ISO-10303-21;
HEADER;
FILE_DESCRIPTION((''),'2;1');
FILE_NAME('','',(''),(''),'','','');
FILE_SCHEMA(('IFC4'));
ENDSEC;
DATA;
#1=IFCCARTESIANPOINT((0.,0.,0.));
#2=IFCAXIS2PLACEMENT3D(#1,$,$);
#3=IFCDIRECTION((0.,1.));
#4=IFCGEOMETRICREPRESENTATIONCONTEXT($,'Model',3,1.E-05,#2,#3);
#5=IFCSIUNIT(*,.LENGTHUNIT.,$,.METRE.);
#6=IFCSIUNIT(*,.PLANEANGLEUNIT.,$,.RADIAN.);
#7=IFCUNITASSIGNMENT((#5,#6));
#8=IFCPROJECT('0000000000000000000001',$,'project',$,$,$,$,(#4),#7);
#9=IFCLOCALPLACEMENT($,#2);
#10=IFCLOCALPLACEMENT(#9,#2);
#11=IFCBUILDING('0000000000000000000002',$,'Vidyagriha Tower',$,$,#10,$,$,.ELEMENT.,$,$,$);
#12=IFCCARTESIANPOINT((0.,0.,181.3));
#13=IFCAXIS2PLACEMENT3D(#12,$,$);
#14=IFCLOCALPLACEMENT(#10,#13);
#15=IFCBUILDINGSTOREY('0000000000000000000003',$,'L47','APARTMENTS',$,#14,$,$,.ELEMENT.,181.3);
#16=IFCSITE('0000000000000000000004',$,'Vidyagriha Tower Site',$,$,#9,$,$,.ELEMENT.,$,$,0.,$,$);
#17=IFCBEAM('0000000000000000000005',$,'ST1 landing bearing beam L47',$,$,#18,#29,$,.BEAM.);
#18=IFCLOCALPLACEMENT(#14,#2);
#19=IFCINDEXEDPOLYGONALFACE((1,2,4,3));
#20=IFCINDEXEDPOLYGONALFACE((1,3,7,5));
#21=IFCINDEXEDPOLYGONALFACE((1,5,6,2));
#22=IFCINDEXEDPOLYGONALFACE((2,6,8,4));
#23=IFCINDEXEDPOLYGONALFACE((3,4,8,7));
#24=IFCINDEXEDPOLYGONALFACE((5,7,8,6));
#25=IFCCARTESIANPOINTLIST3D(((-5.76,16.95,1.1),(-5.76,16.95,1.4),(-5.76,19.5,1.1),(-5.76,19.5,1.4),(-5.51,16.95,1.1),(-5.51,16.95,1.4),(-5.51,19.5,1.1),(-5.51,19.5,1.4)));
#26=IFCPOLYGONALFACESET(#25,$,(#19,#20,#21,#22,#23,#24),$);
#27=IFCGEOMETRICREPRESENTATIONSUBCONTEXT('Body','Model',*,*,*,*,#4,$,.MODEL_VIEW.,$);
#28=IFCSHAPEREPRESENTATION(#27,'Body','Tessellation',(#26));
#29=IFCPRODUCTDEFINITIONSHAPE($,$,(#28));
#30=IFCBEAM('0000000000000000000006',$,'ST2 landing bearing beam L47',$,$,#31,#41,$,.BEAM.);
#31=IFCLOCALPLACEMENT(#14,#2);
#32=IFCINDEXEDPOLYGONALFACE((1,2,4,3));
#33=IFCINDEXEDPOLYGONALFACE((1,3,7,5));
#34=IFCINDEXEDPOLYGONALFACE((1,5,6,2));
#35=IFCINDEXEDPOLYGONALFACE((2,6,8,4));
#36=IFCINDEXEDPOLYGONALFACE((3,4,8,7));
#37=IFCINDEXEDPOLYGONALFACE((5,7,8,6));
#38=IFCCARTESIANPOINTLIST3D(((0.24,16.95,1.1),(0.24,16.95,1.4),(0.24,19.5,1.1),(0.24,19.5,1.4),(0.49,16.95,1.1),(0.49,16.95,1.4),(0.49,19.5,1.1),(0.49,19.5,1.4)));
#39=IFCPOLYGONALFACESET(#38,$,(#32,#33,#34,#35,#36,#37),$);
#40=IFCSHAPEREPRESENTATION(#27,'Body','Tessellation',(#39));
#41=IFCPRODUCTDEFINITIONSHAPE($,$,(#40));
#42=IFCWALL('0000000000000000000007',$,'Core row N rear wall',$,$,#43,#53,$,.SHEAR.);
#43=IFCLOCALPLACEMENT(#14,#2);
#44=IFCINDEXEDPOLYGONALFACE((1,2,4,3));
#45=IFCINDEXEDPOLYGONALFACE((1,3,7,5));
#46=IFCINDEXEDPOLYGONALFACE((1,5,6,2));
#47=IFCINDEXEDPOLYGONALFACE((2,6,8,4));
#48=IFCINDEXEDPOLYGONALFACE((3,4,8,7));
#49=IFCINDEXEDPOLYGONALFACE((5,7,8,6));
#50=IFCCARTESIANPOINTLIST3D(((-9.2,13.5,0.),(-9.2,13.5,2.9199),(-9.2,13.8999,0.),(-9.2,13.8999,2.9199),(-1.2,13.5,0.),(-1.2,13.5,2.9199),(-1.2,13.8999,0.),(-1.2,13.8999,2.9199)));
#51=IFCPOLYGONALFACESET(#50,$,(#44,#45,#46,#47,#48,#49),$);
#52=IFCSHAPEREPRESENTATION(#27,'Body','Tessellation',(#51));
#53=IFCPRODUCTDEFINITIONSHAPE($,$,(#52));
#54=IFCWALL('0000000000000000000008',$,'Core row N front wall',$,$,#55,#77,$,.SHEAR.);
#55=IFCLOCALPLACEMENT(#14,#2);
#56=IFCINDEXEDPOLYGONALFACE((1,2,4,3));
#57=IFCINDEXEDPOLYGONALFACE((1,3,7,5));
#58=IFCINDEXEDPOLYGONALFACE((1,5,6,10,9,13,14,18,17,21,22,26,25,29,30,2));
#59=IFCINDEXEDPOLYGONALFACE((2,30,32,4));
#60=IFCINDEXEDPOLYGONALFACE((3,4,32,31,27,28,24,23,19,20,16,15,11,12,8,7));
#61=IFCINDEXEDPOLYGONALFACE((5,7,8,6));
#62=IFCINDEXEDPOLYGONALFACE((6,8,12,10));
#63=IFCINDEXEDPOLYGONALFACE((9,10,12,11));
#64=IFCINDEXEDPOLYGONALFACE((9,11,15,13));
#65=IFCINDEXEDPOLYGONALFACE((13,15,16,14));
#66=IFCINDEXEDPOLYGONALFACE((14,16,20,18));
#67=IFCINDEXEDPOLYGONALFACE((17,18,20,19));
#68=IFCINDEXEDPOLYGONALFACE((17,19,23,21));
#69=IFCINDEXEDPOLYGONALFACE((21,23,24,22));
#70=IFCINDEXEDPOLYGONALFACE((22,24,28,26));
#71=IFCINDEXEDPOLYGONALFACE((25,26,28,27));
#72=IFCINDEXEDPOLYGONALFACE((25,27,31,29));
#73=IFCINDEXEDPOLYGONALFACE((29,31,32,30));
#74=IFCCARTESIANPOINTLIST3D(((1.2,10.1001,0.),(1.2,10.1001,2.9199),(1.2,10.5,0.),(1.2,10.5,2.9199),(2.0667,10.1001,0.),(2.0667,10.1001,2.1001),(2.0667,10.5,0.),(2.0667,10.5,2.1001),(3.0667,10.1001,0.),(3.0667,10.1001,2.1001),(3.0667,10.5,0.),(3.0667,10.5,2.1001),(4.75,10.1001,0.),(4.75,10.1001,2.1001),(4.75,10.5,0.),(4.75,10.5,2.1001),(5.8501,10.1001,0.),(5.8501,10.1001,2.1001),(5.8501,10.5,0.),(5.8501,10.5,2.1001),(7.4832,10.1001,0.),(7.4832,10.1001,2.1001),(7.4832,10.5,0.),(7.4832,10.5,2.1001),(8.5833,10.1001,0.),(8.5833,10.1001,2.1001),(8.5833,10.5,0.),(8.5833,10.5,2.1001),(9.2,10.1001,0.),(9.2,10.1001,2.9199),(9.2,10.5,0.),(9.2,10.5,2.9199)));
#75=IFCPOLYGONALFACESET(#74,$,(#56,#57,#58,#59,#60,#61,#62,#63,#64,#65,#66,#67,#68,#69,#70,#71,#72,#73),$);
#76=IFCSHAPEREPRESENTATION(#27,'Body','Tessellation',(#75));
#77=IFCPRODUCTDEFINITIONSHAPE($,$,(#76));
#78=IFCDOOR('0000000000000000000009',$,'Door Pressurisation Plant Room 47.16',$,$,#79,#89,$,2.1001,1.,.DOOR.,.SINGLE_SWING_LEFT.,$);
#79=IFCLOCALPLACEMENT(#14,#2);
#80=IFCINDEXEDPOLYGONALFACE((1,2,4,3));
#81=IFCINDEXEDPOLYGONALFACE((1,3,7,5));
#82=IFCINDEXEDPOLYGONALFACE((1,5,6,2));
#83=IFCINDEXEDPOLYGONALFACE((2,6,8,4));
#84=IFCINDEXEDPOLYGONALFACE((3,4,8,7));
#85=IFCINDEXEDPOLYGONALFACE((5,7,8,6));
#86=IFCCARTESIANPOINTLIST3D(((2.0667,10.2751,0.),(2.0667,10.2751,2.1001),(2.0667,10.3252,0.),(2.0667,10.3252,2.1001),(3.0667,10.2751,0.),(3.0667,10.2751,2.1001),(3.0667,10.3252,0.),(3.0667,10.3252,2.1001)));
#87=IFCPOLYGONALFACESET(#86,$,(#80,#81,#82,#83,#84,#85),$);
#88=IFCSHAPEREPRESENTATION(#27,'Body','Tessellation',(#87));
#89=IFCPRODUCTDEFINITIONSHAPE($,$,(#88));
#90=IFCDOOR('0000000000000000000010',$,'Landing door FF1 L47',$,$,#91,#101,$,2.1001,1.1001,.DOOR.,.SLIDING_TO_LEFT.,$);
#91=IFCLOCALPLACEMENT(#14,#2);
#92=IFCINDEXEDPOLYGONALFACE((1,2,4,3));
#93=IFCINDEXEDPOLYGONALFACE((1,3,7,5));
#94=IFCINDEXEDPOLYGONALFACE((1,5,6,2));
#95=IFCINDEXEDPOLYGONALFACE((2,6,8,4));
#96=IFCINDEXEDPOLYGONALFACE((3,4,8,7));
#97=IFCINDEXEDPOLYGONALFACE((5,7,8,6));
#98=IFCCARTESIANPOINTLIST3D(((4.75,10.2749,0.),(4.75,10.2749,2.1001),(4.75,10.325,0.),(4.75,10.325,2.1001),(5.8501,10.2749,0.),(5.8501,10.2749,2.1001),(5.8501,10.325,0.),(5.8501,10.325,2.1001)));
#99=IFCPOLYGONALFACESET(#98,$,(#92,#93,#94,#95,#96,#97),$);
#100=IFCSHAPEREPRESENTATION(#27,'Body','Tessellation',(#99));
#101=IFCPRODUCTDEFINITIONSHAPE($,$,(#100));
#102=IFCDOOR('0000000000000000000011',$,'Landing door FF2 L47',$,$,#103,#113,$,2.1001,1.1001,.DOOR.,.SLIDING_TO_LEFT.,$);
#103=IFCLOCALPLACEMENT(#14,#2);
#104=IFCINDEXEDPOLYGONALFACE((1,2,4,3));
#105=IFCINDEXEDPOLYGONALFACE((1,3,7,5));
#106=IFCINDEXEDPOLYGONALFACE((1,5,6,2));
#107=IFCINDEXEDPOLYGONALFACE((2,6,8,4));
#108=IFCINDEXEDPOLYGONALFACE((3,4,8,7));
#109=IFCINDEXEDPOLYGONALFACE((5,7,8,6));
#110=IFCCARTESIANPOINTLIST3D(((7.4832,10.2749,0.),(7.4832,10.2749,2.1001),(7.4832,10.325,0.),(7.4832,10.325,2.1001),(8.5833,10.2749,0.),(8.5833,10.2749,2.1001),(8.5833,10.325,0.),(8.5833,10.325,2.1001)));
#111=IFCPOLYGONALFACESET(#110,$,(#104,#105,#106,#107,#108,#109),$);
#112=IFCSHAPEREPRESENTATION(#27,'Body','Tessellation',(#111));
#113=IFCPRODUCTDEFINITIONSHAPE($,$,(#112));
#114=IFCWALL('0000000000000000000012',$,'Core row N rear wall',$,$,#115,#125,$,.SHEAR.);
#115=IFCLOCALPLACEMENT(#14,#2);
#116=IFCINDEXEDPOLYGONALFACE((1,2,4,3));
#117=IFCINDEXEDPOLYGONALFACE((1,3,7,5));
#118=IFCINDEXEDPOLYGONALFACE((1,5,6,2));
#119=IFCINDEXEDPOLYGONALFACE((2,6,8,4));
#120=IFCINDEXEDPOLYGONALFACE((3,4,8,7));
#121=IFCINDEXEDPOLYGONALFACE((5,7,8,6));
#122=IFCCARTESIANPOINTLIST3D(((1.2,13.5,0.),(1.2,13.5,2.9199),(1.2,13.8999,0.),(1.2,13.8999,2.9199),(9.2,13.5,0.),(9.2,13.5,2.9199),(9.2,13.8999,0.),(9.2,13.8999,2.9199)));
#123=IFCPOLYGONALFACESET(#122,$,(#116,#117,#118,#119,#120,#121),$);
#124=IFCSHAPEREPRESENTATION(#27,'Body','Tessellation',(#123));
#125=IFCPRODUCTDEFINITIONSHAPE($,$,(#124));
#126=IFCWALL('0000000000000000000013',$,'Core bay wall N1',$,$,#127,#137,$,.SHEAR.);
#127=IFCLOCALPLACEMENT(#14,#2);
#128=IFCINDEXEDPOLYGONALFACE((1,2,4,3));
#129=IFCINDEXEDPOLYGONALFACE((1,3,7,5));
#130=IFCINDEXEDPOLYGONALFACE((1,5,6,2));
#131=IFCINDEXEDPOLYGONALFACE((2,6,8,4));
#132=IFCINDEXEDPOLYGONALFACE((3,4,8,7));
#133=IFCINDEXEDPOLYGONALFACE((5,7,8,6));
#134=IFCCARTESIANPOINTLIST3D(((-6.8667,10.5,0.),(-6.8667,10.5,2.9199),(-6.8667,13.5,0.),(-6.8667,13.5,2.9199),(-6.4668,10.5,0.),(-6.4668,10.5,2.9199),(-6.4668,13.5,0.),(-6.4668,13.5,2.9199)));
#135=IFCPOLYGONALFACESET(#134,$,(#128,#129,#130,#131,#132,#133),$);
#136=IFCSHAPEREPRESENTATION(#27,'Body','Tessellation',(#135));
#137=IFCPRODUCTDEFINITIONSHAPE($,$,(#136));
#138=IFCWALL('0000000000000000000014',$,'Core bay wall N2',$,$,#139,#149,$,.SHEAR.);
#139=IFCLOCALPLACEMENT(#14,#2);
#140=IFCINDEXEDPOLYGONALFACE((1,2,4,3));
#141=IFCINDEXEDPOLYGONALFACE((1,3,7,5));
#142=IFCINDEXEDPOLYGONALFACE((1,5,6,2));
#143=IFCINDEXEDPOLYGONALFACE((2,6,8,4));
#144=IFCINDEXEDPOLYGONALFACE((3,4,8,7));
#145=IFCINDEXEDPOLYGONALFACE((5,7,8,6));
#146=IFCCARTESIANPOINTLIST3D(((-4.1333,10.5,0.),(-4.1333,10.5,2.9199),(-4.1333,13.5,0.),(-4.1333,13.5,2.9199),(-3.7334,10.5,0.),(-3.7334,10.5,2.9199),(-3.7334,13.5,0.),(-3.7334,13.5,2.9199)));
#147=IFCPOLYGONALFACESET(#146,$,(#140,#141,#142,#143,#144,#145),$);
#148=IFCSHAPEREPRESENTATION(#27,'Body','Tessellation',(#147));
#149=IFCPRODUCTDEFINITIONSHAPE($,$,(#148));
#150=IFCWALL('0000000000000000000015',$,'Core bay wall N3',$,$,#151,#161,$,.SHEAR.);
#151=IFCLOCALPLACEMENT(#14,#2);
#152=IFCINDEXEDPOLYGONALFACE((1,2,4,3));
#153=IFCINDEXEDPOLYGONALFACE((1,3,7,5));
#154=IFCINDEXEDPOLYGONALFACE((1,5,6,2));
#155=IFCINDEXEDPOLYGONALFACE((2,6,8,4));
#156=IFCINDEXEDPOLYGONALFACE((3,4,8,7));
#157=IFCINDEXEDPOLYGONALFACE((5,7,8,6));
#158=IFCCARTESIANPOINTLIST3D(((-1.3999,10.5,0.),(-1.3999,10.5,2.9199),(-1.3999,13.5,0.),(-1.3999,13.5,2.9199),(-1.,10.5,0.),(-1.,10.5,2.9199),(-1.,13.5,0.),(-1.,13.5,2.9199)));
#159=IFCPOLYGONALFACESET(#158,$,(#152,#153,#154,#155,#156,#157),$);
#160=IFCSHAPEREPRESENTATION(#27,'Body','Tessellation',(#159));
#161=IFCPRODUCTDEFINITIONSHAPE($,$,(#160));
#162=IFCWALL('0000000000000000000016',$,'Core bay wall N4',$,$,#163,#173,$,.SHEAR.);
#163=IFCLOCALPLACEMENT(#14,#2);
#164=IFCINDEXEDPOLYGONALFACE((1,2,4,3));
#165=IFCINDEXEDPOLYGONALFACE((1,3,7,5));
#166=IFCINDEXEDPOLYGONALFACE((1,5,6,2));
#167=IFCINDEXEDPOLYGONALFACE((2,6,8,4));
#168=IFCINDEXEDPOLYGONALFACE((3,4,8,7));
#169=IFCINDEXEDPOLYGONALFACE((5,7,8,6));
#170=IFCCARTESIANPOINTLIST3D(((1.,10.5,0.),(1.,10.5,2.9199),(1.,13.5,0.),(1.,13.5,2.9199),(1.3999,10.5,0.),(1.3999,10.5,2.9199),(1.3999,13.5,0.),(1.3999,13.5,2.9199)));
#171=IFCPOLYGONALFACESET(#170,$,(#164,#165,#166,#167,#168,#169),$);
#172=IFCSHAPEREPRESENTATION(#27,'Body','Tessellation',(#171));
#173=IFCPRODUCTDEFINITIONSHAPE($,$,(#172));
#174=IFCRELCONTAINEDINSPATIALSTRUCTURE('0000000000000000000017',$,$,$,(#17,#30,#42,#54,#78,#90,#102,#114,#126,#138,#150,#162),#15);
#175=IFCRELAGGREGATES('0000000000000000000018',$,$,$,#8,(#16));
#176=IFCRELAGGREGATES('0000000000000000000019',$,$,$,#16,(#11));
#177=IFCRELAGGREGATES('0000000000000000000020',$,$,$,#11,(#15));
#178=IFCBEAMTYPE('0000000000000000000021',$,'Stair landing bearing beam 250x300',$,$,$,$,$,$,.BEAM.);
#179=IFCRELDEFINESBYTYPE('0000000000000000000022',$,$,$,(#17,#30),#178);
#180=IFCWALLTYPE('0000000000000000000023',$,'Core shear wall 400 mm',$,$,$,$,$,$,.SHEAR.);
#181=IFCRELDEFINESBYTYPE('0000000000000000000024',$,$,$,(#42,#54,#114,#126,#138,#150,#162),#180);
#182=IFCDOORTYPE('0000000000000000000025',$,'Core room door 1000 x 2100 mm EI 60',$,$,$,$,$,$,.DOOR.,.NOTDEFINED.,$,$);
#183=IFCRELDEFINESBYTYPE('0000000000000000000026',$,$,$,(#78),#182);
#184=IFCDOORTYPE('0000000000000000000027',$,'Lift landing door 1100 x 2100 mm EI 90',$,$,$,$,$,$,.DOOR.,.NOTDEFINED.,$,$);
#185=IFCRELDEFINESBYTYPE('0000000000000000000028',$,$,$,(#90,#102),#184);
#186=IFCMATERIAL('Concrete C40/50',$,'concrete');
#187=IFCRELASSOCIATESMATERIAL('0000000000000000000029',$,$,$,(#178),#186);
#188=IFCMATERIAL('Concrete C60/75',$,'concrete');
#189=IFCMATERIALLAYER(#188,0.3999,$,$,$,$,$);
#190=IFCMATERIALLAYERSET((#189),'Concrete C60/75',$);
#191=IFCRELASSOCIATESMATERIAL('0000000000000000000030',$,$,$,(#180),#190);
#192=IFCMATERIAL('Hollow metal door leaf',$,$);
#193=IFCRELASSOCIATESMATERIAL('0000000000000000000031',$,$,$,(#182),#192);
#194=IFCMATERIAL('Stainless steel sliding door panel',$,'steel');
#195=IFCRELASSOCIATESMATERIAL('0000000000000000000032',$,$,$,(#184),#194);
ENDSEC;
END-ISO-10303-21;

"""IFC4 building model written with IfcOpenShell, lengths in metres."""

from ifc_helpers import new_model, si_unit, direction, frame, frame_2d, origin, origin_2d, place, context, subcontext, project, spatial, rectangle, extrude, material, layer, layer_set, material_profile, profile_set, type_object, element, fill, save


model = new_model("IFC4")

# Units and contexts
model_context = context("Model", 3, precision=1e-05, world=origin(), true_north=direction((0.0, 1.0)))
body_context = subcontext(model_context, "Body", "Model", "MODEL_VIEW")
ifc_project = project(units=[si_unit("LENGTHUNIT", "METRE"), si_unit("PLANEANGLEUNIT", "RADIAN")], contexts=[model_context])

# Site, building, storey
site_placement = place(None, origin())
site = spatial("IfcSite", under=ifc_project, at=site_placement, Name="Vidyagriha Tower Site", CompositionType="ELEMENT", RefElevation=0.0)
building_placement = place(site_placement, origin())
building = spatial("IfcBuilding", under=site, at=building_placement, Name="Vidyagriha Tower", CompositionType="ELEMENT")
storey_placement = place(building_placement, frame((0.0, 0.0, 181.3)))
storey = spatial("IfcBuildingStorey", under=building, at=storey_placement, Name="L47", Description="APARTMENTS", CompositionType="ELEMENT", Elevation=181.3)

# Beams
ifc_material_1 = material(Name="Concrete C40/50", Category="concrete")
ifc_material_profile = material_profile(ifc_material_1, rectangle(XDim=0.25, YDim=0.3, at=origin_2d()), Name="Stair landing bearing beam 250x300")
ifc_profile_set = profile_set([ifc_material_profile], Name="Concrete C40/50")
beam_type = type_object("IfcBeamType", Name="Stair landing bearing beam 250x300", PredefinedType="BEAM", material=ifc_profile_set)
for number, where, z_axis, x_axis, name in (
    (1, (-5.635, 16.95, 1.25), (0.0, 1.0, 0.0), (-1.0, 0.0, 0.0), "ST1 landing bearing beam L47"),
    (2, (0.365, 16.95, 1.25), (0.0, 1.0, 0.0), (-1.0, 0.0, 0.0), "ST2 landing bearing beam L47"),
):
    element("IfcBeam", number, at=place(storey_placement, frame(where, z_axis=z_axis, x_axis=x_axis)), inside=storey, type_object=beam_type, Name=name, PredefinedType="BEAM", context=body_context, shape_type="SweptSolid", body=[
        extrude(rectangle(XDim=0.25, YDim=0.3, at=origin_2d()), origin(), (0.0, 0.0, 1.0), 2.55),
    ])

# Wall
ifc_material_2 = material(Name="Concrete C60/75", Category="concrete")
ifc_layer_1 = layer(ifc_material_2, 0.3999)
ifc_layer_set_1 = layer_set([ifc_layer_1], Name="Concrete C60/75")
wall_type_1 = type_object("IfcWallType", Name="Core shear wall 400 mm", PredefinedType="SHEAR", material=ifc_layer_set_1)
wall_1_placement = place(storey_placement, frame((-9.2, 13.7, 0.0)))
element("IfcWall", 3, at=wall_1_placement, inside=storey, type_object=wall_type_1, Name="Core row N rear wall", PredefinedType="SHEAR", context=body_context, shape_type="SweptSolid", body=[
    extrude(rectangle(XDim=8.0, YDim=0.3999, at=frame_2d((4.0, 0.0))), origin(), (0.0, 0.0, 1.0), 2.9199),
])

# Wall, openings, doors
wall_2_placement = place(storey_placement, frame((1.2, 10.3, 0.0)))
wall_2 = element("IfcWall", 4, at=wall_2_placement, inside=storey, type_object=wall_type_1, Name="Core row N front wall", PredefinedType="SHEAR", context=body_context, shape_type="SweptSolid", body=[
    extrude(rectangle(XDim=8.0, YDim=0.3999, at=frame_2d((4.0, 0.0))), origin(), (0.0, 0.0, 1.0), 2.9199),
])
opening_1_placement = place(wall_2_placement, frame((3.55, 0.0, 0.0)))
opening_1 = element("IfcOpeningElement", 5, at=opening_1_placement, cuts=wall_2, PredefinedType="OPENING", context=body_context, shape_type="SweptSolid", body=[
    extrude(rectangle(XDim=1.1001, YDim=2.1001, at=frame_2d((0.55, 1.05))), frame((0.0, 0.21, 0.0), z_axis=(0.0, -1.0, 0.0), x_axis=(1.0, 0.0, 0.0)), (0.0, 0.0, 1.0), 0.4199),
])
opening_2_placement = place(wall_2_placement, frame((6.2832, 0.0, 0.0)))
opening_2 = element("IfcOpeningElement", 6, at=opening_2_placement, cuts=wall_2, PredefinedType="OPENING", context=body_context, shape_type="SweptSolid", body=[
    extrude(rectangle(XDim=1.1001, YDim=2.1001, at=frame_2d((0.55, 1.05))), frame((0.0, 0.21, 0.0), z_axis=(0.0, -1.0, 0.0), x_axis=(1.0, 0.0, 0.0)), (0.0, 0.0, 1.0), 0.4199),
])
opening_3_placement = place(wall_2_placement, frame((0.8667, 0.0, 0.0)))
opening_3 = element("IfcOpeningElement", 7, at=opening_3_placement, cuts=wall_2, PredefinedType="OPENING", context=body_context, shape_type="SweptSolid", body=[
    extrude(rectangle(XDim=1.0, YDim=2.1001, at=frame_2d((0.5, 1.05))), frame((0.0, 0.21, 0.0), z_axis=(0.0, -1.0, 0.0), x_axis=(1.0, 0.0, 0.0)), (0.0, 0.0, 1.0), 0.4199),
])
ifc_material_3 = material(Name="Hollow metal door leaf")
door_type_1 = type_object("IfcDoorType", Name="Core room door 1000 x 2100 mm EI 60", OperationType="NOTDEFINED", PredefinedType="DOOR", material=ifc_material_3)
door_1_placement = place(opening_3_placement, frame((1.0, 0.0, 0.0), z_axis=(0.0, 0.0, 1.0), x_axis=(-1.0, 0.0, 0.0)))
door_1 = element("IfcDoor", 8, at=door_1_placement, inside=storey, type_object=door_type_1, Name="Door Pressurisation Plant Room 47.16", OperationType="SINGLE_SWING_LEFT", OverallHeight=2.1001, OverallWidth=1.0, PredefinedType="DOOR", context=body_context, shape_type="SweptSolid", body=[
    extrude(rectangle(XDim=1.0, YDim=2.1001, at=frame_2d((0.5, 1.05))), frame((0.0, 0.0249, 0.0), z_axis=(0.0, -1.0, 0.0), x_axis=(1.0, 0.0, 0.0)), (0.0, 0.0, 1.0), 0.05),
])
fill(opening_3, door_1)
ifc_material_4 = material(Name="Stainless steel sliding door panel", Category="steel")
door_type_2 = type_object("IfcDoorType", Name="Lift landing door 1100 x 2100 mm EI 90", OperationType="NOTDEFINED", PredefinedType="DOOR", material=ifc_material_4)
door_2_placement = place(opening_1_placement, origin())
door_2 = element("IfcDoor", 9, at=door_2_placement, inside=storey, type_object=door_type_2, Name="Landing door FF1 L47", OperationType="SLIDING_TO_LEFT", OverallHeight=2.1001, OverallWidth=1.1001, PredefinedType="DOOR", context=body_context, shape_type="SweptSolid", body=[
    extrude(rectangle(XDim=1.1001, YDim=2.1001, at=frame_2d((0.55, 1.05))), frame((0.0, 0.0249, 0.0), z_axis=(0.0, -1.0, 0.0), x_axis=(1.0, 0.0, 0.0)), (0.0, 0.0, 1.0), 0.05),
])
fill(opening_1, door_2)
door_3_placement = place(opening_2_placement, origin())
door_3 = element("IfcDoor", 10, at=door_3_placement, inside=storey, type_object=door_type_2, Name="Landing door FF2 L47", OperationType="SLIDING_TO_LEFT", OverallHeight=2.1001, OverallWidth=1.1001, PredefinedType="DOOR", context=body_context, shape_type="SweptSolid", body=[
    extrude(rectangle(XDim=1.1001, YDim=2.1001, at=frame_2d((0.55, 1.05))), frame((0.0, 0.0249, 0.0), z_axis=(0.0, -1.0, 0.0), x_axis=(1.0, 0.0, 0.0)), (0.0, 0.0, 1.0), 0.05),
])
fill(opening_2, door_3)

# Walls
wall_3_placement = place(storey_placement, frame((1.2, 13.7, 0.0)))
element("IfcWall", 11, at=wall_3_placement, inside=storey, type_object=wall_type_1, Name="Core row N rear wall", PredefinedType="SHEAR", context=body_context, shape_type="SweptSolid", body=[
    extrude(rectangle(XDim=8.0, YDim=0.3999, at=frame_2d((4.0, 0.0))), origin(), (0.0, 0.0, 1.0), 2.9199),
])
for number, where, z_axis, x_axis, name in (
    (12, (-6.6667, 10.5, 0.0), (0.0, 0.0, 1.0), (0.0, 1.0, 0.0), "Core bay wall N1"),
    (13, (-3.9333, 10.5, 0.0), (0.0, 0.0, 1.0), (0.0, 1.0, 0.0), "Core bay wall N2"),
    (14, (-1.2, 10.5, 0.0), (0.0, 0.0, 1.0), (0.0, 1.0, 0.0), "Core bay wall N3"),
    (15, (1.2, 10.5, 0.0), (0.0, 0.0, 1.0), (0.0, 1.0, 0.0), "Core bay wall N4"),
):
    element("IfcWall", number, at=place(storey_placement, frame(where, z_axis=z_axis, x_axis=x_axis)), inside=storey, type_object=wall_type_1, Name=name, PredefinedType="SHEAR", context=body_context, shape_type="SweptSolid", body=[
        extrude(rectangle(XDim=3.0, YDim=0.3999, at=frame_2d((1.5, 0.0))), origin(), (0.0, 0.0, 1.0), 2.9199),
    ])

save(model, "model.ifc")
